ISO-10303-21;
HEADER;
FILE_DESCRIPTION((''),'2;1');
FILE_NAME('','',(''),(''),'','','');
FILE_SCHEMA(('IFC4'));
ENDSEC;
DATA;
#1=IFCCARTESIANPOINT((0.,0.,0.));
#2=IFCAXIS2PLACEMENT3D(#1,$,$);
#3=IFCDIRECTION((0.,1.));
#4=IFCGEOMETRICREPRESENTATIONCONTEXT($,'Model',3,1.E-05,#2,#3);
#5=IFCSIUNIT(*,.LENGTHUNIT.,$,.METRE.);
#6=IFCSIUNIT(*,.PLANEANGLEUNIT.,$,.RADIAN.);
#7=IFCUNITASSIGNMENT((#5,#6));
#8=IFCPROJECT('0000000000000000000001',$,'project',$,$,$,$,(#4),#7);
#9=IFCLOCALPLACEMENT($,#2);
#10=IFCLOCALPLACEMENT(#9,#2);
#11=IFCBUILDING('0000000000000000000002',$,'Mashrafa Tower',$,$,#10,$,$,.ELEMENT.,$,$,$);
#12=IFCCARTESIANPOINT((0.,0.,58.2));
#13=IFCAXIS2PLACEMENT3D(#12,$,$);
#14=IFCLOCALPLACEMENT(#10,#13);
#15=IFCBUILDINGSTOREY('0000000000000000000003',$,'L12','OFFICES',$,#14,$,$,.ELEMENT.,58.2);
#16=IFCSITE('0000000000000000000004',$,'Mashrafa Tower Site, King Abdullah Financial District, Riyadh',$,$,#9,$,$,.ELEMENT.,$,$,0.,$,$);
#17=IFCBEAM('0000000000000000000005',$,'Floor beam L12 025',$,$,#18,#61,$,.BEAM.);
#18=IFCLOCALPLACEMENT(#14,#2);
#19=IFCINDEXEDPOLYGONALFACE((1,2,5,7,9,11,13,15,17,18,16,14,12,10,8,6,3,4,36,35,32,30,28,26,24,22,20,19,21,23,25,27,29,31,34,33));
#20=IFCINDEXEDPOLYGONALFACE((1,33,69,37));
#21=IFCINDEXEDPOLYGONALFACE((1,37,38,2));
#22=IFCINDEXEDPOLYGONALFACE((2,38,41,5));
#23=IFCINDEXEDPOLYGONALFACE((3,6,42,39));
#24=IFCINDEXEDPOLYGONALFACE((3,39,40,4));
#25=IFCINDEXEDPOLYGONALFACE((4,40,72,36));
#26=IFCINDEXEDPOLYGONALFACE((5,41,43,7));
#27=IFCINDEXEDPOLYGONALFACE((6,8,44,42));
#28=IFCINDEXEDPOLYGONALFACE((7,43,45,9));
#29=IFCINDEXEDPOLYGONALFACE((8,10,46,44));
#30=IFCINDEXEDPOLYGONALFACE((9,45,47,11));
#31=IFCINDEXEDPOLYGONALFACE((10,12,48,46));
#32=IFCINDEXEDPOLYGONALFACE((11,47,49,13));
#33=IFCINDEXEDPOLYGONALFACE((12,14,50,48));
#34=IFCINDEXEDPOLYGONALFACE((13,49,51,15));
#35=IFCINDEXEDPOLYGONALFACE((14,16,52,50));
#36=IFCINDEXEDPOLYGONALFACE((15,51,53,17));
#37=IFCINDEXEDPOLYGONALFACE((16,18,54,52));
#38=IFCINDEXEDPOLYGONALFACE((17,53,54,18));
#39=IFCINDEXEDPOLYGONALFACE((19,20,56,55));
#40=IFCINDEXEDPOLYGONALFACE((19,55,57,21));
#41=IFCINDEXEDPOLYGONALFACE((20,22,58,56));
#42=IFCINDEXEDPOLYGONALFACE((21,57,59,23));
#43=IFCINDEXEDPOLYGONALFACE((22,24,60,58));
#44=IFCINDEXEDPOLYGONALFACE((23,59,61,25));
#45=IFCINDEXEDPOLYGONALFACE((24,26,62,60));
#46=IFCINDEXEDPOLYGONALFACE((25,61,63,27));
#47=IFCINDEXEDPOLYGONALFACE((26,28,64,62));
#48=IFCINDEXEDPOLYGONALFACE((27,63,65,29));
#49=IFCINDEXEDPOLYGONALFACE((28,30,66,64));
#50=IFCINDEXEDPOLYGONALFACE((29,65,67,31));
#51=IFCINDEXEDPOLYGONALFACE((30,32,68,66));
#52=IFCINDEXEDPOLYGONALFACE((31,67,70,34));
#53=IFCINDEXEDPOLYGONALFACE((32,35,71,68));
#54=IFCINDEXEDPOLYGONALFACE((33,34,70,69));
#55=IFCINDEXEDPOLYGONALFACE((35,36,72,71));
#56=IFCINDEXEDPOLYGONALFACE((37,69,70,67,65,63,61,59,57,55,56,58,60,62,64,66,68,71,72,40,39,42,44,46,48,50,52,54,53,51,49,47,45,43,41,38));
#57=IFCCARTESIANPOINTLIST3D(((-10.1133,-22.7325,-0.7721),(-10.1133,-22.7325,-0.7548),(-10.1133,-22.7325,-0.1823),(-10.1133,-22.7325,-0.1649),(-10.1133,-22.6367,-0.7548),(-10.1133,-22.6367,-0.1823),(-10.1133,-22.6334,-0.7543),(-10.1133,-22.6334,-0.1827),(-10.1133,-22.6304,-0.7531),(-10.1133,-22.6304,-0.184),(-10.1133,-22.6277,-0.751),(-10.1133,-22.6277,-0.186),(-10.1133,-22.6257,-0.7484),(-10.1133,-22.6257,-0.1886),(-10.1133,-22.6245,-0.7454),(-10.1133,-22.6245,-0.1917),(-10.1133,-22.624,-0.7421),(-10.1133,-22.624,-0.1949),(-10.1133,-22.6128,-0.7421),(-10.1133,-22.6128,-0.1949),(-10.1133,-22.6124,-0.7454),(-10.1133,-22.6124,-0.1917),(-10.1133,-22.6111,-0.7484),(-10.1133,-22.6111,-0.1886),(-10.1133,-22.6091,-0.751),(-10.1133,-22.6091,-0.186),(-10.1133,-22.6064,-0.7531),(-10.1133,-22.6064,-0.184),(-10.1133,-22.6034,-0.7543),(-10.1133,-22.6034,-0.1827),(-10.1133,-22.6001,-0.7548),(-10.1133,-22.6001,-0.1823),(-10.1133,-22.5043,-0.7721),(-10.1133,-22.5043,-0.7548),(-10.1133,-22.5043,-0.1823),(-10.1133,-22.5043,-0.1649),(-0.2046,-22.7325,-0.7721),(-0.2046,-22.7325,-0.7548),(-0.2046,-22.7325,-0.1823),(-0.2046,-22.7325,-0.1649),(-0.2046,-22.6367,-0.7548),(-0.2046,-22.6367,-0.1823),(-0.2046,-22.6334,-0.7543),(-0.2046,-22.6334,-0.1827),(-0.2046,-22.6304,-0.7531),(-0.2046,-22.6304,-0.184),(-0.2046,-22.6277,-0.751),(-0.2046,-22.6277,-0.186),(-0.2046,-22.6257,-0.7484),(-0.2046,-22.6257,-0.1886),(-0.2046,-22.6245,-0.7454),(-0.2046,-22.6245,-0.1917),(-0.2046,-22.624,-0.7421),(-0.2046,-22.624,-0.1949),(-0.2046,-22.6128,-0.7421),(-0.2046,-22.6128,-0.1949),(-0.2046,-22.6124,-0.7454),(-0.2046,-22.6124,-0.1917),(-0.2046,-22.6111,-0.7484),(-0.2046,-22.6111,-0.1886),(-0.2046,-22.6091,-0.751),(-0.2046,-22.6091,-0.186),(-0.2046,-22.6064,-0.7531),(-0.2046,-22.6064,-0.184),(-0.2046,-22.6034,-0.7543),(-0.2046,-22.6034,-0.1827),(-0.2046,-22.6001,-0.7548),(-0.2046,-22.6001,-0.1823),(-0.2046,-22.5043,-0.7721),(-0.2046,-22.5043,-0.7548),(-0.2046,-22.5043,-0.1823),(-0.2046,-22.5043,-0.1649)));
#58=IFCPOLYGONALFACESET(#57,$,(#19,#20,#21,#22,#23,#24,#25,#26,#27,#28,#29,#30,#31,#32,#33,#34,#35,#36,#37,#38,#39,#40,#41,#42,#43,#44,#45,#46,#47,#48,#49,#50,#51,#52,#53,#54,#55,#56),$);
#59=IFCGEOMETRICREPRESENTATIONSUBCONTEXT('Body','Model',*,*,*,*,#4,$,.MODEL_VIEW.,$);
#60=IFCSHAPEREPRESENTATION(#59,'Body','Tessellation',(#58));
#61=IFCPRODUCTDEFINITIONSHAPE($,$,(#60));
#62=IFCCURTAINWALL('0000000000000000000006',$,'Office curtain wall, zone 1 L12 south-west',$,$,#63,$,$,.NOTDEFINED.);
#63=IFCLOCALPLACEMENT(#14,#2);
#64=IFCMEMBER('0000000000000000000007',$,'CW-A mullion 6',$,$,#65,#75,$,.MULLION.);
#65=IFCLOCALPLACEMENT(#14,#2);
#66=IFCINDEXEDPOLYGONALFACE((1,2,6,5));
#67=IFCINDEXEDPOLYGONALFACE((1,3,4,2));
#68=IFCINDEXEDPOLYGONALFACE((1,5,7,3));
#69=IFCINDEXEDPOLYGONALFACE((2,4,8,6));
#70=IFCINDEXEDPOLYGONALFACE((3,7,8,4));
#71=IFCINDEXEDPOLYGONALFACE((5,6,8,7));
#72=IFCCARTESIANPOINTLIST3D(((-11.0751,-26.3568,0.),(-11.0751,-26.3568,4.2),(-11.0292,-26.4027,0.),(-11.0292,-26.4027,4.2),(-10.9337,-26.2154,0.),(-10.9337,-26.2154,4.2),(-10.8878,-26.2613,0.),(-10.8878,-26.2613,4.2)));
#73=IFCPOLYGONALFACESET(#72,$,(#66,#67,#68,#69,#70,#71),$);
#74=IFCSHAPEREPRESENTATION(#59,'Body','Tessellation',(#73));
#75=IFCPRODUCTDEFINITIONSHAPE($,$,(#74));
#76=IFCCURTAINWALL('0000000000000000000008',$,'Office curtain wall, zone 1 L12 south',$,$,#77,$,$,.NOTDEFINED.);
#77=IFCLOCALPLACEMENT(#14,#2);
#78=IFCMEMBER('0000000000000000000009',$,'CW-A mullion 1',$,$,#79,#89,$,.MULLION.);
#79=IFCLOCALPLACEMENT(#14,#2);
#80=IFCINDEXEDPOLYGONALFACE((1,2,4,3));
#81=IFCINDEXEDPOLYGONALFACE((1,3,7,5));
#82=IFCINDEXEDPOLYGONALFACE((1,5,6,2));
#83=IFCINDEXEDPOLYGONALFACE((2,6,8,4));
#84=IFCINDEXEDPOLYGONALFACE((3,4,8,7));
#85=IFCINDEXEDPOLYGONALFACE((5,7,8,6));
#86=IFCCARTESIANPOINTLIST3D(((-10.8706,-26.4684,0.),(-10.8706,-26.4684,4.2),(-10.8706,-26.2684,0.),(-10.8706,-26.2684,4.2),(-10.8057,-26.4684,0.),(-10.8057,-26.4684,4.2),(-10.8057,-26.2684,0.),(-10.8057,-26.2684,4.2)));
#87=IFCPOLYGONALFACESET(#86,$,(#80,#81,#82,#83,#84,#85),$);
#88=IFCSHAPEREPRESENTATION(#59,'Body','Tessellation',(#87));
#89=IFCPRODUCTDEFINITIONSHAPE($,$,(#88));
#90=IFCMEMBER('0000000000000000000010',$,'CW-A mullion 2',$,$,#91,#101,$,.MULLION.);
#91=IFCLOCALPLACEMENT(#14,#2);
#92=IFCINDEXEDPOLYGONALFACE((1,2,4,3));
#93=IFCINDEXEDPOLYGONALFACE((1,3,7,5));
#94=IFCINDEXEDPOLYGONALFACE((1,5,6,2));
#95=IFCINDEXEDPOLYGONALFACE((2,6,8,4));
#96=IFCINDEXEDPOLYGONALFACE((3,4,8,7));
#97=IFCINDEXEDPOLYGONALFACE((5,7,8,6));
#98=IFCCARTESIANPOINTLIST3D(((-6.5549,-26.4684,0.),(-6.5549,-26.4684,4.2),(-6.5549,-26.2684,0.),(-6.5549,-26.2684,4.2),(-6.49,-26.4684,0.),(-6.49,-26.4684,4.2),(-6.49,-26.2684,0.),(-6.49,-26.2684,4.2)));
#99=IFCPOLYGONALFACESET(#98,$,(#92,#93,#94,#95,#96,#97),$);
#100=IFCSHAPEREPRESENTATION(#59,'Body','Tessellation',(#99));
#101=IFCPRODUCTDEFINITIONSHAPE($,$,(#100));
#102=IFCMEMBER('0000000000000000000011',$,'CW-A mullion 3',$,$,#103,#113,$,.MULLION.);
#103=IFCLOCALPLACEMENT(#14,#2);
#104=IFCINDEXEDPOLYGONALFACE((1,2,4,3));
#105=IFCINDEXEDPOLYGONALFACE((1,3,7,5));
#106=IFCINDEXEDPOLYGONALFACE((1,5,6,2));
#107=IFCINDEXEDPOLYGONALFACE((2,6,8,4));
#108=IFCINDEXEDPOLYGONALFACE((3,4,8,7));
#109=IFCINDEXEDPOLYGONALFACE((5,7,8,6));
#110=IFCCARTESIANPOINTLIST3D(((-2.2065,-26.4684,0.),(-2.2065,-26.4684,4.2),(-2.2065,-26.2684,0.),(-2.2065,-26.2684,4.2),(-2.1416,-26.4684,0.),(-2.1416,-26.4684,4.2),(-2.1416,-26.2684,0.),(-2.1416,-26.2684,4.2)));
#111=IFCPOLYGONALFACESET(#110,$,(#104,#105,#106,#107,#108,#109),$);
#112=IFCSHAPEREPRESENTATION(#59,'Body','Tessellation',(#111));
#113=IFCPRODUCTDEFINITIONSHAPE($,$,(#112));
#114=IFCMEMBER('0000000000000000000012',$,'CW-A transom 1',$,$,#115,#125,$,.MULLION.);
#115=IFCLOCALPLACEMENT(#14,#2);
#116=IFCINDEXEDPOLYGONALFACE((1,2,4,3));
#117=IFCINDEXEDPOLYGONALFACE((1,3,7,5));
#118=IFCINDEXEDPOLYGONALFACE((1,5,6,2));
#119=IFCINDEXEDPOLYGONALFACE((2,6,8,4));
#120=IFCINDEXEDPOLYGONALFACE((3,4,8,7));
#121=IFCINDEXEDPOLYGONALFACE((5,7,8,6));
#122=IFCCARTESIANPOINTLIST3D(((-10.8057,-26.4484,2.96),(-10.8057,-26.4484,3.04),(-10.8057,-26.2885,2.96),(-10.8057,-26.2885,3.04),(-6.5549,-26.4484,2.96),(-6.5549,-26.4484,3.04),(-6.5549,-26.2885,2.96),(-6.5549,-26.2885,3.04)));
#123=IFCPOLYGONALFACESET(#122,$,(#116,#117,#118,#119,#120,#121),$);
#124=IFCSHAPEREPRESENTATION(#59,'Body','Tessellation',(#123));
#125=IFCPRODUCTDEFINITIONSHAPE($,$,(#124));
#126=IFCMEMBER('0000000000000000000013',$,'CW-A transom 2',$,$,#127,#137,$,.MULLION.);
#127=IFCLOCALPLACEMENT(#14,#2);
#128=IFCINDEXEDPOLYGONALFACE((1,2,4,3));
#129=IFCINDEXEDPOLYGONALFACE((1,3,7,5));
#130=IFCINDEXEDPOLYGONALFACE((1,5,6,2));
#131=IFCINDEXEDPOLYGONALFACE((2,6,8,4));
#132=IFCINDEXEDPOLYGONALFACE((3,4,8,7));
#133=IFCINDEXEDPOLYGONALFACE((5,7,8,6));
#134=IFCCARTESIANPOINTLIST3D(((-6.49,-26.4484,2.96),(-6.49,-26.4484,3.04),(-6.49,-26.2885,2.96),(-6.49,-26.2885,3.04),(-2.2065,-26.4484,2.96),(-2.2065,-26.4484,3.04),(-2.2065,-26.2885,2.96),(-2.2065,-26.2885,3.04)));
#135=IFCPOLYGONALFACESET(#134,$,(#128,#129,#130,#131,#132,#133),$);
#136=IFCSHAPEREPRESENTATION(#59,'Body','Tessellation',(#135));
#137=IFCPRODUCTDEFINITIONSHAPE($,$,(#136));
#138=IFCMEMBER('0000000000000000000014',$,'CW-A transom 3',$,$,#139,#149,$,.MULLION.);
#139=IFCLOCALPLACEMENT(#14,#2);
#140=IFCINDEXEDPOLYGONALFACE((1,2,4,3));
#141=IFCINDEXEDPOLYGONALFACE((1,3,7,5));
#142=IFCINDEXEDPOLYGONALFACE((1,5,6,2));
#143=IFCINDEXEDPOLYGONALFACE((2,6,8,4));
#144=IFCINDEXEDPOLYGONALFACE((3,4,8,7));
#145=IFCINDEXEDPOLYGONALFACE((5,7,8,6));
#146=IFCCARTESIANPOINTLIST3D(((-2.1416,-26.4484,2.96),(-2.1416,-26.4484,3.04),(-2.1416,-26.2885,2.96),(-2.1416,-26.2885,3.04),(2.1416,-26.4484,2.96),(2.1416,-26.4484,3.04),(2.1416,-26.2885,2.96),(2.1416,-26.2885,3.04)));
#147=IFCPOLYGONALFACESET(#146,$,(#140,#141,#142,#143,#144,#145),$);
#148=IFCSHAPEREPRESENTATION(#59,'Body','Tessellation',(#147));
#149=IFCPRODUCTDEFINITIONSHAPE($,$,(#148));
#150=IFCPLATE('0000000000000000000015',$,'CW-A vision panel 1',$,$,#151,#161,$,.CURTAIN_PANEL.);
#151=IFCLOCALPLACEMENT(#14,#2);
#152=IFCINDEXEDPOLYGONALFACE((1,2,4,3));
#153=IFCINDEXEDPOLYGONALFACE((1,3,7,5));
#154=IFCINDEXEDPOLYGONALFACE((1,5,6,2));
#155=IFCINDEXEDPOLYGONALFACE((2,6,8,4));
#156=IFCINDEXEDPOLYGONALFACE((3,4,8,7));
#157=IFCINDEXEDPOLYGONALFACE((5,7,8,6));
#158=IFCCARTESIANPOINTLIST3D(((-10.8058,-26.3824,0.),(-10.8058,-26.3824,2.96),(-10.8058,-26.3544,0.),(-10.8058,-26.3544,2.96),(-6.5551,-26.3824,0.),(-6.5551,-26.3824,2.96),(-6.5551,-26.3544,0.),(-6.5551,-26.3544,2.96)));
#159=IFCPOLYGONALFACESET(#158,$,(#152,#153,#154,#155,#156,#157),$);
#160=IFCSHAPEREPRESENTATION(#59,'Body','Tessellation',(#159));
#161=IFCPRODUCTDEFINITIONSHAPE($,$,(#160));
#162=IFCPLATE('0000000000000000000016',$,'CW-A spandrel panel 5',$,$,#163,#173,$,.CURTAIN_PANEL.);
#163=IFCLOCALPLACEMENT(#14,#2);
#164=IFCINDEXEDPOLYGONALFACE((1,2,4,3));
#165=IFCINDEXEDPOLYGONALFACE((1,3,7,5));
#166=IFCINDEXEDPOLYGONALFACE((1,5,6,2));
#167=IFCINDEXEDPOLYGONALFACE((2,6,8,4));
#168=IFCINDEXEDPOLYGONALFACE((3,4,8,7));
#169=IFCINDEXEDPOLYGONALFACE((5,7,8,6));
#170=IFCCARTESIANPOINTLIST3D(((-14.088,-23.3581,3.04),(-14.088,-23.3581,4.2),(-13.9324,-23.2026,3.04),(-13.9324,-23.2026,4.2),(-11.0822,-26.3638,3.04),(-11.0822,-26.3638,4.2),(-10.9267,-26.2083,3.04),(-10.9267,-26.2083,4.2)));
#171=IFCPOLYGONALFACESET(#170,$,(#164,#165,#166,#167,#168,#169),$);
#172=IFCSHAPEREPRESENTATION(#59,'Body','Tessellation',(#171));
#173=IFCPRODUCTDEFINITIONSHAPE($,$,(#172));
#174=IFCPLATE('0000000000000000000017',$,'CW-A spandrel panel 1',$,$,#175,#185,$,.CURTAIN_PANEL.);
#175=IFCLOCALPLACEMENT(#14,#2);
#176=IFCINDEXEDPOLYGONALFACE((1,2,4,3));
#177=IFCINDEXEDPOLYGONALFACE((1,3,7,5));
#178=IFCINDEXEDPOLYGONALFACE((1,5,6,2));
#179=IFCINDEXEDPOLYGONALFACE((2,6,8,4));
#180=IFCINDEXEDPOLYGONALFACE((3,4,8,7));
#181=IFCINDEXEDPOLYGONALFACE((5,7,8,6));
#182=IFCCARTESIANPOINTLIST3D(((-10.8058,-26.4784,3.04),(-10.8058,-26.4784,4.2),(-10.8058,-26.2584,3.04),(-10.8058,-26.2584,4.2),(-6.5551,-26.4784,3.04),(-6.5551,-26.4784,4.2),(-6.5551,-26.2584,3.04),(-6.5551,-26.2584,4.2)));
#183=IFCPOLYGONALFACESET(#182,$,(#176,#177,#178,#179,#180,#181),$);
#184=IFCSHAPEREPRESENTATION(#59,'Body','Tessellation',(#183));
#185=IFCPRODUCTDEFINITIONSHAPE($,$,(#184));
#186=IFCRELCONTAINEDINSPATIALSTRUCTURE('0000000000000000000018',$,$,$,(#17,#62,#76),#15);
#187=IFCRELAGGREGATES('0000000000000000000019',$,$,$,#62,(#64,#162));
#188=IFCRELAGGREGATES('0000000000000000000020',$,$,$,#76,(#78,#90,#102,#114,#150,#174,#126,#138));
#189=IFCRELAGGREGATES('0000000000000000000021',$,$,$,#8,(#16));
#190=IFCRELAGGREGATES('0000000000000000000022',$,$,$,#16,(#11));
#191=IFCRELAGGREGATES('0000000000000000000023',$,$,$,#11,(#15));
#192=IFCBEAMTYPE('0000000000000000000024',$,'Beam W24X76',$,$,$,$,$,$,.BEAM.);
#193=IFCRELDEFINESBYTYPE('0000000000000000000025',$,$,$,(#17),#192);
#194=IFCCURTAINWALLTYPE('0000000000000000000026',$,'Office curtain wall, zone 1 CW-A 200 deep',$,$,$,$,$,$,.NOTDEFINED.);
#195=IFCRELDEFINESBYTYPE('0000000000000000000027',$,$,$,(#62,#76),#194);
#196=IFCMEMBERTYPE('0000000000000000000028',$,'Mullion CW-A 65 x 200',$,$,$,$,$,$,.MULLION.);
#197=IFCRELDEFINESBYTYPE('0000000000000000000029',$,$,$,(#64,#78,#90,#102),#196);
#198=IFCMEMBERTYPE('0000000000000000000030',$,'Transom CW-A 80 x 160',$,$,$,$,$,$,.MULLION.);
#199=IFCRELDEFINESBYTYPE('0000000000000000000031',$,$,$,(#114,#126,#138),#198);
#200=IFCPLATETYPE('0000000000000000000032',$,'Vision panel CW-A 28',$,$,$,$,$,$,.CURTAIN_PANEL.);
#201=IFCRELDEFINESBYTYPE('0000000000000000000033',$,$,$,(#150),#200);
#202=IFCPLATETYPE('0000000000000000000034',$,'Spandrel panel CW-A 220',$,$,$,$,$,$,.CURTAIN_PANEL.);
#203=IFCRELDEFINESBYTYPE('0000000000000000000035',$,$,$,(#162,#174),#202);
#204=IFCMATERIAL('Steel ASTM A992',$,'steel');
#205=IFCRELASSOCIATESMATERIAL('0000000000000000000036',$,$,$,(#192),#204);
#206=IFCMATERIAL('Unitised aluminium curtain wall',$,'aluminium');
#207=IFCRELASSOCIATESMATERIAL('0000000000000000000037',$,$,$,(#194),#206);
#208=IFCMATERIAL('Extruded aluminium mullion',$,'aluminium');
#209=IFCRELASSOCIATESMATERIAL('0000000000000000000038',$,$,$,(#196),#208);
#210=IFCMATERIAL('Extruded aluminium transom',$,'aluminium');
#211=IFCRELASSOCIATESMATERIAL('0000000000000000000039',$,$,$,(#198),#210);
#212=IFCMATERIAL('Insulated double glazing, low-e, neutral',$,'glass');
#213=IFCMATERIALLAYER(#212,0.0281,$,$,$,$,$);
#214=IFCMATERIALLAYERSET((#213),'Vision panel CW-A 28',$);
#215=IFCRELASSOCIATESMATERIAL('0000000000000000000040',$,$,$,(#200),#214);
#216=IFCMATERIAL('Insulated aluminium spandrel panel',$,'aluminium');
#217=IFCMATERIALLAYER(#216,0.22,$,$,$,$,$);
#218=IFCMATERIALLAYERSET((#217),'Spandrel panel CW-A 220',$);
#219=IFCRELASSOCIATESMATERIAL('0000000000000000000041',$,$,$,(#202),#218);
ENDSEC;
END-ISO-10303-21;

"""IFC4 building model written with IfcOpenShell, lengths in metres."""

from ifc_helpers import new_model, si_unit, direction, frame, origin, origin_2d, place, context, subcontext, project, spatial, rectangle, i_section, extrude, source, transform, mapped, material, layer, layer_set, material_profile, profile_set, type_object, type_shapes, element, aggregate, save


model = new_model("IFC4")

# Units and contexts
model_context = context("Model", 3, precision=1e-05, world=origin(), true_north=direction((0.0, 1.0)))
body_context = subcontext(model_context, "Body", "Model", "MODEL_VIEW")
ifc_project = project(units=[si_unit("LENGTHUNIT", "METRE"), si_unit("PLANEANGLEUNIT", "RADIAN")], contexts=[model_context])

# Site, building, storey
site_placement = place(None, origin())
site = spatial("IfcSite", under=ifc_project, at=site_placement, Name="Mashrafa Tower Site, King Abdullah Financial District, Riyadh", CompositionType="ELEMENT", RefElevation=0.0)
building_placement = place(site_placement, origin())
building = spatial("IfcBuilding", under=site, at=building_placement, Name="Mashrafa Tower", CompositionType="ELEMENT")
storey_placement = place(building_placement, frame((0.0, 0.0, 58.2)))
storey = spatial("IfcBuildingStorey", under=building, at=storey_placement, Name="L12", Description="OFFICES", CompositionType="ELEMENT", Elevation=58.2)

# Beam
ifc_material_1 = material(Name="Steel ASTM A992", Category="steel")
ifc_material_profile_1 = material_profile(ifc_material_1, i_section(OverallWidth=0.2283, OverallDepth=0.6072, WebThickness=0.0112, FlangeThickness=0.0173, FilletRadius=0.0127, at=origin_2d()), Name="W24X76")
ifc_profile_set_1 = profile_set([ifc_material_profile_1], Name="Steel ASTM A992")
beam_type_1 = type_object("IfcBeamType", Name="Beam W24X76", PredefinedType="BEAM", material=ifc_profile_set_1)
beam_1_placement = place(storey_placement, frame((-0.2046, -22.6184, -0.4685), z_axis=(-1.0, 0.0, 0.0), x_axis=(0.0, -1.0, 0.0)))
element("IfcBeam", 1, at=beam_1_placement, inside=storey, type_object=beam_type_1, Name="Floor beam L12 025", PredefinedType="BEAM", context=body_context, shape_type="SweptSolid", body=[
    extrude(i_section(OverallWidth=0.2283, OverallDepth=0.6072, WebThickness=0.0112, FlangeThickness=0.0173, FilletRadius=0.0127, at=origin_2d()), origin(), (0.0, 0.0, 1.0), 9.9087),
])

# Curtain wall, member
ifc_material_2 = material(Name="Unitised aluminium curtain wall", Category="aluminium")
curtain_wall_type = type_object("IfcCurtainWallType", Name="Office curtain wall, zone 1 CW-A 200 deep", PredefinedType="NOTDEFINED", material=ifc_material_2)
curtain_wall_1_placement = place(storey_placement, origin())
curtain_wall_1 = element("IfcCurtainWall", 2, at=curtain_wall_1_placement, inside=storey, type_object=curtain_wall_type, Name="Office curtain wall, zone 1 L12 south-west", PredefinedType="NOTDEFINED")
ifc_material_3 = material(Name="Extruded aluminium mullion", Category="aluminium")
ifc_material_profile_2 = material_profile(ifc_material_3, rectangle(XDim=0.2, YDim=0.0649, at=origin_2d()), Name="Mullion 65x200")
ifc_profile_set_2 = profile_set([ifc_material_profile_2], Name="Extruded aluminium mullion")
member_type_1 = type_object("IfcMemberType", Name="Mullion CW-A 65 x 200", PredefinedType="MULLION", material=ifc_profile_set_2)
shared_shape_1 = source(origin(), body_context, "Body", "SweptSolid", [
    extrude(rectangle(XDim=0.2, YDim=0.0649, at=origin_2d()), origin(), (0.0, 0.0, 1.0), 4.2),
])
type_shapes(member_type_1, [shared_shape_1])
member_1_placement = place(storey_placement, frame((-10.9814, -26.3091, 0.0), z_axis=(0.0, 0.0, 1.0), x_axis=(0.707107, 0.707107, 0.0)))
member_1 = element("IfcMember", 3, at=member_1_placement, type_object=member_type_1, Name="CW-A mullion 6", PredefinedType="MULLION", context=body_context, shape_type="MappedRepresentation", body=[
    mapped(shared_shape_1, transform((0.0, 0.0, 0.0))),
])

# Curtain wall, members, plate
curtain_wall_2_placement = place(storey_placement, origin())
curtain_wall_2 = element("IfcCurtainWall", 4, at=curtain_wall_2_placement, inside=storey, type_object=curtain_wall_type, Name="Office curtain wall, zone 1 L12 south", PredefinedType="NOTDEFINED")
member_2_placement = place(storey_placement, frame((-10.8381, -26.3684, 0.0), z_axis=(0.0, 0.0, 1.0), x_axis=(0.0, 1.0, 0.0)))
member_2 = element("IfcMember", 5, at=member_2_placement, type_object=member_type_1, Name="CW-A mullion 1", PredefinedType="MULLION", context=body_context, shape_type="MappedRepresentation", body=[
    mapped(shared_shape_1, transform((0.0, 0.0, 0.0))),
])
member_3_placement = place(storey_placement, frame((-6.5225, -26.3684, 0.0), z_axis=(0.0, 0.0, 1.0), x_axis=(0.0, 1.0, 0.0)))
member_3 = element("IfcMember", 6, at=member_3_placement, type_object=member_type_1, Name="CW-A mullion 2", PredefinedType="MULLION", context=body_context, shape_type="MappedRepresentation", body=[
    mapped(shared_shape_1, transform((0.0, 0.0, 0.0))),
])
member_4_placement = place(storey_placement, frame((-2.1741, -26.3684, 0.0), z_axis=(0.0, 0.0, 1.0), x_axis=(0.0, 1.0, 0.0)))
member_4 = element("IfcMember", 7, at=member_4_placement, type_object=member_type_1, Name="CW-A mullion 3", PredefinedType="MULLION", context=body_context, shape_type="MappedRepresentation", body=[
    mapped(shared_shape_1, transform((0.0, 0.0, 0.0))),
])
ifc_material_4 = material(Name="Extruded aluminium transom", Category="aluminium")
ifc_material_profile_3 = material_profile(ifc_material_4, rectangle(XDim=0.1599, YDim=0.0801, at=origin_2d()), Name="Transom 80x160")
ifc_profile_set_3 = profile_set([ifc_material_profile_3], Name="Extruded aluminium transom")
member_type_2 = type_object("IfcMemberType", Name="Transom CW-A 80 x 160", PredefinedType="MULLION", material=ifc_profile_set_3)
shared_shape_2 = source(origin(), body_context, "Body", "SweptSolid", [
    extrude(rectangle(XDim=0.1599, YDim=0.0801, at=origin_2d()), origin(), (0.0, 0.0, 1.0), 4.2507),
])
member_5_placement = place(storey_placement, frame((-10.8057, -26.3684, 3.0), z_axis=(1.0, 0.0, 0.0), x_axis=(0.0, 1.0, 0.0)))
member_5 = element("IfcMember", 8, at=member_5_placement, type_object=member_type_2, Name="CW-A transom 1", PredefinedType="MULLION", context=body_context, shape_type="MappedRepresentation", body=[
    mapped(shared_shape_2, transform((0.0, 0.0, 0.0))),
])
shared_shape_3 = source(origin(), body_context, "Body", "SweptSolid", [
    extrude(rectangle(XDim=0.1599, YDim=0.0801, at=origin_2d()), origin(), (0.0, 0.0, 1.0), 4.2834),
])
member_6_placement = place(storey_placement, frame((-6.49, -26.3684, 3.0), z_axis=(1.0, 0.0, 0.0), x_axis=(0.0, 1.0, 0.0)))
member_6 = element("IfcMember", 9, at=member_6_placement, type_object=member_type_2, Name="CW-A transom 2", PredefinedType="MULLION", context=body_context, shape_type="MappedRepresentation", body=[
    mapped(shared_shape_3, transform((0.0, 0.0, 0.0))),
])
shared_shape_4 = source(origin(), body_context, "Body", "SweptSolid", [
    extrude(rectangle(XDim=0.1599, YDim=0.0801, at=origin_2d()), origin(), (0.0, 0.0, 1.0), 4.2832),
])
type_shapes(member_type_2, [shared_shape_2, shared_shape_3, shared_shape_4])
member_7_placement = place(storey_placement, frame((-2.1416, -26.3684, 3.0), z_axis=(1.0, 0.0, 0.0), x_axis=(0.0, 1.0, 0.0)))
member_7 = element("IfcMember", 10, at=member_7_placement, type_object=member_type_2, Name="CW-A transom 3", PredefinedType="MULLION", context=body_context, shape_type="MappedRepresentation", body=[
    mapped(shared_shape_4, transform((0.0, 0.0, 0.0))),
])
ifc_material_5 = material(Name="Insulated double glazing, low-e, neutral", Category="glass")
ifc_layer_1 = layer(ifc_material_5, 0.0281)
ifc_layer_set_1 = layer_set([ifc_layer_1], Name="Vision panel CW-A 28")
plate_type_1 = type_object("IfcPlateType", Name="Vision panel CW-A 28", PredefinedType="CURTAIN_PANEL", material=ifc_layer_set_1)
shared_shape_5 = source(origin(), body_context, "Body", "SweptSolid", [
    extrude(rectangle(XDim=4.2507, YDim=0.0281, at=origin_2d()), origin(), (0.0, 0.0, 1.0), 2.96),
])
plate_1_placement = place(storey_placement, frame((-8.6804, -26.3684, 0.0), z_axis=(0.0, 0.0, 1.0), x_axis=(1.0, 0.0, 0.0)))
plate_1 = element("IfcPlate", 11, at=plate_1_placement, type_object=plate_type_1, Name="CW-A vision panel 1", PredefinedType="CURTAIN_PANEL", context=body_context, shape_type="MappedRepresentation", body=[
    mapped(shared_shape_5, transform((0.0, 0.0, 0.0))),
])

# Plates
ifc_material_6 = material(Name="Insulated aluminium spandrel panel", Category="aluminium")
ifc_layer_2 = layer(ifc_material_6, 0.22)
ifc_layer_set_2 = layer_set([ifc_layer_2], Name="Spandrel panel CW-A 220")
plate_type_2 = type_object("IfcPlateType", Name="Spandrel panel CW-A 220", PredefinedType="CURTAIN_PANEL", material=ifc_layer_set_2)
shared_shape_6 = source(origin(), body_context, "Body", "SweptSolid", [
    extrude(rectangle(XDim=4.2507, YDim=0.22, at=origin_2d()), origin(), (0.0, 0.0, 1.0), 1.1599),
])
plate_2_placement = place(storey_placement, frame((-12.5073, -24.7832, 3.04), z_axis=(0.0, 0.0, 1.0), x_axis=(0.707107, -0.707107, 0.0)))
plate_2 = element("IfcPlate", 12, at=plate_2_placement, type_object=plate_type_2, Name="CW-A spandrel panel 5", PredefinedType="CURTAIN_PANEL", context=body_context, shape_type="MappedRepresentation", body=[
    mapped(shared_shape_6, transform((0.0, 0.0, 0.0))),
])
aggregate(curtain_wall_1, [member_1, plate_2])
plate_3_placement = place(storey_placement, frame((-8.6804, -26.3684, 3.04), z_axis=(0.0, 0.0, 1.0), x_axis=(1.0, 0.0, 0.0)))
plate_3 = element("IfcPlate", 13, at=plate_3_placement, type_object=plate_type_2, Name="CW-A spandrel panel 1", PredefinedType="CURTAIN_PANEL", context=body_context, shape_type="MappedRepresentation", body=[
    mapped(shared_shape_6, transform((0.0, 0.0, 0.0))),
])
aggregate(curtain_wall_2, [member_2, member_3, member_4, member_5, plate_1, plate_3, member_6, member_7])

save(model, "model.ifc")
